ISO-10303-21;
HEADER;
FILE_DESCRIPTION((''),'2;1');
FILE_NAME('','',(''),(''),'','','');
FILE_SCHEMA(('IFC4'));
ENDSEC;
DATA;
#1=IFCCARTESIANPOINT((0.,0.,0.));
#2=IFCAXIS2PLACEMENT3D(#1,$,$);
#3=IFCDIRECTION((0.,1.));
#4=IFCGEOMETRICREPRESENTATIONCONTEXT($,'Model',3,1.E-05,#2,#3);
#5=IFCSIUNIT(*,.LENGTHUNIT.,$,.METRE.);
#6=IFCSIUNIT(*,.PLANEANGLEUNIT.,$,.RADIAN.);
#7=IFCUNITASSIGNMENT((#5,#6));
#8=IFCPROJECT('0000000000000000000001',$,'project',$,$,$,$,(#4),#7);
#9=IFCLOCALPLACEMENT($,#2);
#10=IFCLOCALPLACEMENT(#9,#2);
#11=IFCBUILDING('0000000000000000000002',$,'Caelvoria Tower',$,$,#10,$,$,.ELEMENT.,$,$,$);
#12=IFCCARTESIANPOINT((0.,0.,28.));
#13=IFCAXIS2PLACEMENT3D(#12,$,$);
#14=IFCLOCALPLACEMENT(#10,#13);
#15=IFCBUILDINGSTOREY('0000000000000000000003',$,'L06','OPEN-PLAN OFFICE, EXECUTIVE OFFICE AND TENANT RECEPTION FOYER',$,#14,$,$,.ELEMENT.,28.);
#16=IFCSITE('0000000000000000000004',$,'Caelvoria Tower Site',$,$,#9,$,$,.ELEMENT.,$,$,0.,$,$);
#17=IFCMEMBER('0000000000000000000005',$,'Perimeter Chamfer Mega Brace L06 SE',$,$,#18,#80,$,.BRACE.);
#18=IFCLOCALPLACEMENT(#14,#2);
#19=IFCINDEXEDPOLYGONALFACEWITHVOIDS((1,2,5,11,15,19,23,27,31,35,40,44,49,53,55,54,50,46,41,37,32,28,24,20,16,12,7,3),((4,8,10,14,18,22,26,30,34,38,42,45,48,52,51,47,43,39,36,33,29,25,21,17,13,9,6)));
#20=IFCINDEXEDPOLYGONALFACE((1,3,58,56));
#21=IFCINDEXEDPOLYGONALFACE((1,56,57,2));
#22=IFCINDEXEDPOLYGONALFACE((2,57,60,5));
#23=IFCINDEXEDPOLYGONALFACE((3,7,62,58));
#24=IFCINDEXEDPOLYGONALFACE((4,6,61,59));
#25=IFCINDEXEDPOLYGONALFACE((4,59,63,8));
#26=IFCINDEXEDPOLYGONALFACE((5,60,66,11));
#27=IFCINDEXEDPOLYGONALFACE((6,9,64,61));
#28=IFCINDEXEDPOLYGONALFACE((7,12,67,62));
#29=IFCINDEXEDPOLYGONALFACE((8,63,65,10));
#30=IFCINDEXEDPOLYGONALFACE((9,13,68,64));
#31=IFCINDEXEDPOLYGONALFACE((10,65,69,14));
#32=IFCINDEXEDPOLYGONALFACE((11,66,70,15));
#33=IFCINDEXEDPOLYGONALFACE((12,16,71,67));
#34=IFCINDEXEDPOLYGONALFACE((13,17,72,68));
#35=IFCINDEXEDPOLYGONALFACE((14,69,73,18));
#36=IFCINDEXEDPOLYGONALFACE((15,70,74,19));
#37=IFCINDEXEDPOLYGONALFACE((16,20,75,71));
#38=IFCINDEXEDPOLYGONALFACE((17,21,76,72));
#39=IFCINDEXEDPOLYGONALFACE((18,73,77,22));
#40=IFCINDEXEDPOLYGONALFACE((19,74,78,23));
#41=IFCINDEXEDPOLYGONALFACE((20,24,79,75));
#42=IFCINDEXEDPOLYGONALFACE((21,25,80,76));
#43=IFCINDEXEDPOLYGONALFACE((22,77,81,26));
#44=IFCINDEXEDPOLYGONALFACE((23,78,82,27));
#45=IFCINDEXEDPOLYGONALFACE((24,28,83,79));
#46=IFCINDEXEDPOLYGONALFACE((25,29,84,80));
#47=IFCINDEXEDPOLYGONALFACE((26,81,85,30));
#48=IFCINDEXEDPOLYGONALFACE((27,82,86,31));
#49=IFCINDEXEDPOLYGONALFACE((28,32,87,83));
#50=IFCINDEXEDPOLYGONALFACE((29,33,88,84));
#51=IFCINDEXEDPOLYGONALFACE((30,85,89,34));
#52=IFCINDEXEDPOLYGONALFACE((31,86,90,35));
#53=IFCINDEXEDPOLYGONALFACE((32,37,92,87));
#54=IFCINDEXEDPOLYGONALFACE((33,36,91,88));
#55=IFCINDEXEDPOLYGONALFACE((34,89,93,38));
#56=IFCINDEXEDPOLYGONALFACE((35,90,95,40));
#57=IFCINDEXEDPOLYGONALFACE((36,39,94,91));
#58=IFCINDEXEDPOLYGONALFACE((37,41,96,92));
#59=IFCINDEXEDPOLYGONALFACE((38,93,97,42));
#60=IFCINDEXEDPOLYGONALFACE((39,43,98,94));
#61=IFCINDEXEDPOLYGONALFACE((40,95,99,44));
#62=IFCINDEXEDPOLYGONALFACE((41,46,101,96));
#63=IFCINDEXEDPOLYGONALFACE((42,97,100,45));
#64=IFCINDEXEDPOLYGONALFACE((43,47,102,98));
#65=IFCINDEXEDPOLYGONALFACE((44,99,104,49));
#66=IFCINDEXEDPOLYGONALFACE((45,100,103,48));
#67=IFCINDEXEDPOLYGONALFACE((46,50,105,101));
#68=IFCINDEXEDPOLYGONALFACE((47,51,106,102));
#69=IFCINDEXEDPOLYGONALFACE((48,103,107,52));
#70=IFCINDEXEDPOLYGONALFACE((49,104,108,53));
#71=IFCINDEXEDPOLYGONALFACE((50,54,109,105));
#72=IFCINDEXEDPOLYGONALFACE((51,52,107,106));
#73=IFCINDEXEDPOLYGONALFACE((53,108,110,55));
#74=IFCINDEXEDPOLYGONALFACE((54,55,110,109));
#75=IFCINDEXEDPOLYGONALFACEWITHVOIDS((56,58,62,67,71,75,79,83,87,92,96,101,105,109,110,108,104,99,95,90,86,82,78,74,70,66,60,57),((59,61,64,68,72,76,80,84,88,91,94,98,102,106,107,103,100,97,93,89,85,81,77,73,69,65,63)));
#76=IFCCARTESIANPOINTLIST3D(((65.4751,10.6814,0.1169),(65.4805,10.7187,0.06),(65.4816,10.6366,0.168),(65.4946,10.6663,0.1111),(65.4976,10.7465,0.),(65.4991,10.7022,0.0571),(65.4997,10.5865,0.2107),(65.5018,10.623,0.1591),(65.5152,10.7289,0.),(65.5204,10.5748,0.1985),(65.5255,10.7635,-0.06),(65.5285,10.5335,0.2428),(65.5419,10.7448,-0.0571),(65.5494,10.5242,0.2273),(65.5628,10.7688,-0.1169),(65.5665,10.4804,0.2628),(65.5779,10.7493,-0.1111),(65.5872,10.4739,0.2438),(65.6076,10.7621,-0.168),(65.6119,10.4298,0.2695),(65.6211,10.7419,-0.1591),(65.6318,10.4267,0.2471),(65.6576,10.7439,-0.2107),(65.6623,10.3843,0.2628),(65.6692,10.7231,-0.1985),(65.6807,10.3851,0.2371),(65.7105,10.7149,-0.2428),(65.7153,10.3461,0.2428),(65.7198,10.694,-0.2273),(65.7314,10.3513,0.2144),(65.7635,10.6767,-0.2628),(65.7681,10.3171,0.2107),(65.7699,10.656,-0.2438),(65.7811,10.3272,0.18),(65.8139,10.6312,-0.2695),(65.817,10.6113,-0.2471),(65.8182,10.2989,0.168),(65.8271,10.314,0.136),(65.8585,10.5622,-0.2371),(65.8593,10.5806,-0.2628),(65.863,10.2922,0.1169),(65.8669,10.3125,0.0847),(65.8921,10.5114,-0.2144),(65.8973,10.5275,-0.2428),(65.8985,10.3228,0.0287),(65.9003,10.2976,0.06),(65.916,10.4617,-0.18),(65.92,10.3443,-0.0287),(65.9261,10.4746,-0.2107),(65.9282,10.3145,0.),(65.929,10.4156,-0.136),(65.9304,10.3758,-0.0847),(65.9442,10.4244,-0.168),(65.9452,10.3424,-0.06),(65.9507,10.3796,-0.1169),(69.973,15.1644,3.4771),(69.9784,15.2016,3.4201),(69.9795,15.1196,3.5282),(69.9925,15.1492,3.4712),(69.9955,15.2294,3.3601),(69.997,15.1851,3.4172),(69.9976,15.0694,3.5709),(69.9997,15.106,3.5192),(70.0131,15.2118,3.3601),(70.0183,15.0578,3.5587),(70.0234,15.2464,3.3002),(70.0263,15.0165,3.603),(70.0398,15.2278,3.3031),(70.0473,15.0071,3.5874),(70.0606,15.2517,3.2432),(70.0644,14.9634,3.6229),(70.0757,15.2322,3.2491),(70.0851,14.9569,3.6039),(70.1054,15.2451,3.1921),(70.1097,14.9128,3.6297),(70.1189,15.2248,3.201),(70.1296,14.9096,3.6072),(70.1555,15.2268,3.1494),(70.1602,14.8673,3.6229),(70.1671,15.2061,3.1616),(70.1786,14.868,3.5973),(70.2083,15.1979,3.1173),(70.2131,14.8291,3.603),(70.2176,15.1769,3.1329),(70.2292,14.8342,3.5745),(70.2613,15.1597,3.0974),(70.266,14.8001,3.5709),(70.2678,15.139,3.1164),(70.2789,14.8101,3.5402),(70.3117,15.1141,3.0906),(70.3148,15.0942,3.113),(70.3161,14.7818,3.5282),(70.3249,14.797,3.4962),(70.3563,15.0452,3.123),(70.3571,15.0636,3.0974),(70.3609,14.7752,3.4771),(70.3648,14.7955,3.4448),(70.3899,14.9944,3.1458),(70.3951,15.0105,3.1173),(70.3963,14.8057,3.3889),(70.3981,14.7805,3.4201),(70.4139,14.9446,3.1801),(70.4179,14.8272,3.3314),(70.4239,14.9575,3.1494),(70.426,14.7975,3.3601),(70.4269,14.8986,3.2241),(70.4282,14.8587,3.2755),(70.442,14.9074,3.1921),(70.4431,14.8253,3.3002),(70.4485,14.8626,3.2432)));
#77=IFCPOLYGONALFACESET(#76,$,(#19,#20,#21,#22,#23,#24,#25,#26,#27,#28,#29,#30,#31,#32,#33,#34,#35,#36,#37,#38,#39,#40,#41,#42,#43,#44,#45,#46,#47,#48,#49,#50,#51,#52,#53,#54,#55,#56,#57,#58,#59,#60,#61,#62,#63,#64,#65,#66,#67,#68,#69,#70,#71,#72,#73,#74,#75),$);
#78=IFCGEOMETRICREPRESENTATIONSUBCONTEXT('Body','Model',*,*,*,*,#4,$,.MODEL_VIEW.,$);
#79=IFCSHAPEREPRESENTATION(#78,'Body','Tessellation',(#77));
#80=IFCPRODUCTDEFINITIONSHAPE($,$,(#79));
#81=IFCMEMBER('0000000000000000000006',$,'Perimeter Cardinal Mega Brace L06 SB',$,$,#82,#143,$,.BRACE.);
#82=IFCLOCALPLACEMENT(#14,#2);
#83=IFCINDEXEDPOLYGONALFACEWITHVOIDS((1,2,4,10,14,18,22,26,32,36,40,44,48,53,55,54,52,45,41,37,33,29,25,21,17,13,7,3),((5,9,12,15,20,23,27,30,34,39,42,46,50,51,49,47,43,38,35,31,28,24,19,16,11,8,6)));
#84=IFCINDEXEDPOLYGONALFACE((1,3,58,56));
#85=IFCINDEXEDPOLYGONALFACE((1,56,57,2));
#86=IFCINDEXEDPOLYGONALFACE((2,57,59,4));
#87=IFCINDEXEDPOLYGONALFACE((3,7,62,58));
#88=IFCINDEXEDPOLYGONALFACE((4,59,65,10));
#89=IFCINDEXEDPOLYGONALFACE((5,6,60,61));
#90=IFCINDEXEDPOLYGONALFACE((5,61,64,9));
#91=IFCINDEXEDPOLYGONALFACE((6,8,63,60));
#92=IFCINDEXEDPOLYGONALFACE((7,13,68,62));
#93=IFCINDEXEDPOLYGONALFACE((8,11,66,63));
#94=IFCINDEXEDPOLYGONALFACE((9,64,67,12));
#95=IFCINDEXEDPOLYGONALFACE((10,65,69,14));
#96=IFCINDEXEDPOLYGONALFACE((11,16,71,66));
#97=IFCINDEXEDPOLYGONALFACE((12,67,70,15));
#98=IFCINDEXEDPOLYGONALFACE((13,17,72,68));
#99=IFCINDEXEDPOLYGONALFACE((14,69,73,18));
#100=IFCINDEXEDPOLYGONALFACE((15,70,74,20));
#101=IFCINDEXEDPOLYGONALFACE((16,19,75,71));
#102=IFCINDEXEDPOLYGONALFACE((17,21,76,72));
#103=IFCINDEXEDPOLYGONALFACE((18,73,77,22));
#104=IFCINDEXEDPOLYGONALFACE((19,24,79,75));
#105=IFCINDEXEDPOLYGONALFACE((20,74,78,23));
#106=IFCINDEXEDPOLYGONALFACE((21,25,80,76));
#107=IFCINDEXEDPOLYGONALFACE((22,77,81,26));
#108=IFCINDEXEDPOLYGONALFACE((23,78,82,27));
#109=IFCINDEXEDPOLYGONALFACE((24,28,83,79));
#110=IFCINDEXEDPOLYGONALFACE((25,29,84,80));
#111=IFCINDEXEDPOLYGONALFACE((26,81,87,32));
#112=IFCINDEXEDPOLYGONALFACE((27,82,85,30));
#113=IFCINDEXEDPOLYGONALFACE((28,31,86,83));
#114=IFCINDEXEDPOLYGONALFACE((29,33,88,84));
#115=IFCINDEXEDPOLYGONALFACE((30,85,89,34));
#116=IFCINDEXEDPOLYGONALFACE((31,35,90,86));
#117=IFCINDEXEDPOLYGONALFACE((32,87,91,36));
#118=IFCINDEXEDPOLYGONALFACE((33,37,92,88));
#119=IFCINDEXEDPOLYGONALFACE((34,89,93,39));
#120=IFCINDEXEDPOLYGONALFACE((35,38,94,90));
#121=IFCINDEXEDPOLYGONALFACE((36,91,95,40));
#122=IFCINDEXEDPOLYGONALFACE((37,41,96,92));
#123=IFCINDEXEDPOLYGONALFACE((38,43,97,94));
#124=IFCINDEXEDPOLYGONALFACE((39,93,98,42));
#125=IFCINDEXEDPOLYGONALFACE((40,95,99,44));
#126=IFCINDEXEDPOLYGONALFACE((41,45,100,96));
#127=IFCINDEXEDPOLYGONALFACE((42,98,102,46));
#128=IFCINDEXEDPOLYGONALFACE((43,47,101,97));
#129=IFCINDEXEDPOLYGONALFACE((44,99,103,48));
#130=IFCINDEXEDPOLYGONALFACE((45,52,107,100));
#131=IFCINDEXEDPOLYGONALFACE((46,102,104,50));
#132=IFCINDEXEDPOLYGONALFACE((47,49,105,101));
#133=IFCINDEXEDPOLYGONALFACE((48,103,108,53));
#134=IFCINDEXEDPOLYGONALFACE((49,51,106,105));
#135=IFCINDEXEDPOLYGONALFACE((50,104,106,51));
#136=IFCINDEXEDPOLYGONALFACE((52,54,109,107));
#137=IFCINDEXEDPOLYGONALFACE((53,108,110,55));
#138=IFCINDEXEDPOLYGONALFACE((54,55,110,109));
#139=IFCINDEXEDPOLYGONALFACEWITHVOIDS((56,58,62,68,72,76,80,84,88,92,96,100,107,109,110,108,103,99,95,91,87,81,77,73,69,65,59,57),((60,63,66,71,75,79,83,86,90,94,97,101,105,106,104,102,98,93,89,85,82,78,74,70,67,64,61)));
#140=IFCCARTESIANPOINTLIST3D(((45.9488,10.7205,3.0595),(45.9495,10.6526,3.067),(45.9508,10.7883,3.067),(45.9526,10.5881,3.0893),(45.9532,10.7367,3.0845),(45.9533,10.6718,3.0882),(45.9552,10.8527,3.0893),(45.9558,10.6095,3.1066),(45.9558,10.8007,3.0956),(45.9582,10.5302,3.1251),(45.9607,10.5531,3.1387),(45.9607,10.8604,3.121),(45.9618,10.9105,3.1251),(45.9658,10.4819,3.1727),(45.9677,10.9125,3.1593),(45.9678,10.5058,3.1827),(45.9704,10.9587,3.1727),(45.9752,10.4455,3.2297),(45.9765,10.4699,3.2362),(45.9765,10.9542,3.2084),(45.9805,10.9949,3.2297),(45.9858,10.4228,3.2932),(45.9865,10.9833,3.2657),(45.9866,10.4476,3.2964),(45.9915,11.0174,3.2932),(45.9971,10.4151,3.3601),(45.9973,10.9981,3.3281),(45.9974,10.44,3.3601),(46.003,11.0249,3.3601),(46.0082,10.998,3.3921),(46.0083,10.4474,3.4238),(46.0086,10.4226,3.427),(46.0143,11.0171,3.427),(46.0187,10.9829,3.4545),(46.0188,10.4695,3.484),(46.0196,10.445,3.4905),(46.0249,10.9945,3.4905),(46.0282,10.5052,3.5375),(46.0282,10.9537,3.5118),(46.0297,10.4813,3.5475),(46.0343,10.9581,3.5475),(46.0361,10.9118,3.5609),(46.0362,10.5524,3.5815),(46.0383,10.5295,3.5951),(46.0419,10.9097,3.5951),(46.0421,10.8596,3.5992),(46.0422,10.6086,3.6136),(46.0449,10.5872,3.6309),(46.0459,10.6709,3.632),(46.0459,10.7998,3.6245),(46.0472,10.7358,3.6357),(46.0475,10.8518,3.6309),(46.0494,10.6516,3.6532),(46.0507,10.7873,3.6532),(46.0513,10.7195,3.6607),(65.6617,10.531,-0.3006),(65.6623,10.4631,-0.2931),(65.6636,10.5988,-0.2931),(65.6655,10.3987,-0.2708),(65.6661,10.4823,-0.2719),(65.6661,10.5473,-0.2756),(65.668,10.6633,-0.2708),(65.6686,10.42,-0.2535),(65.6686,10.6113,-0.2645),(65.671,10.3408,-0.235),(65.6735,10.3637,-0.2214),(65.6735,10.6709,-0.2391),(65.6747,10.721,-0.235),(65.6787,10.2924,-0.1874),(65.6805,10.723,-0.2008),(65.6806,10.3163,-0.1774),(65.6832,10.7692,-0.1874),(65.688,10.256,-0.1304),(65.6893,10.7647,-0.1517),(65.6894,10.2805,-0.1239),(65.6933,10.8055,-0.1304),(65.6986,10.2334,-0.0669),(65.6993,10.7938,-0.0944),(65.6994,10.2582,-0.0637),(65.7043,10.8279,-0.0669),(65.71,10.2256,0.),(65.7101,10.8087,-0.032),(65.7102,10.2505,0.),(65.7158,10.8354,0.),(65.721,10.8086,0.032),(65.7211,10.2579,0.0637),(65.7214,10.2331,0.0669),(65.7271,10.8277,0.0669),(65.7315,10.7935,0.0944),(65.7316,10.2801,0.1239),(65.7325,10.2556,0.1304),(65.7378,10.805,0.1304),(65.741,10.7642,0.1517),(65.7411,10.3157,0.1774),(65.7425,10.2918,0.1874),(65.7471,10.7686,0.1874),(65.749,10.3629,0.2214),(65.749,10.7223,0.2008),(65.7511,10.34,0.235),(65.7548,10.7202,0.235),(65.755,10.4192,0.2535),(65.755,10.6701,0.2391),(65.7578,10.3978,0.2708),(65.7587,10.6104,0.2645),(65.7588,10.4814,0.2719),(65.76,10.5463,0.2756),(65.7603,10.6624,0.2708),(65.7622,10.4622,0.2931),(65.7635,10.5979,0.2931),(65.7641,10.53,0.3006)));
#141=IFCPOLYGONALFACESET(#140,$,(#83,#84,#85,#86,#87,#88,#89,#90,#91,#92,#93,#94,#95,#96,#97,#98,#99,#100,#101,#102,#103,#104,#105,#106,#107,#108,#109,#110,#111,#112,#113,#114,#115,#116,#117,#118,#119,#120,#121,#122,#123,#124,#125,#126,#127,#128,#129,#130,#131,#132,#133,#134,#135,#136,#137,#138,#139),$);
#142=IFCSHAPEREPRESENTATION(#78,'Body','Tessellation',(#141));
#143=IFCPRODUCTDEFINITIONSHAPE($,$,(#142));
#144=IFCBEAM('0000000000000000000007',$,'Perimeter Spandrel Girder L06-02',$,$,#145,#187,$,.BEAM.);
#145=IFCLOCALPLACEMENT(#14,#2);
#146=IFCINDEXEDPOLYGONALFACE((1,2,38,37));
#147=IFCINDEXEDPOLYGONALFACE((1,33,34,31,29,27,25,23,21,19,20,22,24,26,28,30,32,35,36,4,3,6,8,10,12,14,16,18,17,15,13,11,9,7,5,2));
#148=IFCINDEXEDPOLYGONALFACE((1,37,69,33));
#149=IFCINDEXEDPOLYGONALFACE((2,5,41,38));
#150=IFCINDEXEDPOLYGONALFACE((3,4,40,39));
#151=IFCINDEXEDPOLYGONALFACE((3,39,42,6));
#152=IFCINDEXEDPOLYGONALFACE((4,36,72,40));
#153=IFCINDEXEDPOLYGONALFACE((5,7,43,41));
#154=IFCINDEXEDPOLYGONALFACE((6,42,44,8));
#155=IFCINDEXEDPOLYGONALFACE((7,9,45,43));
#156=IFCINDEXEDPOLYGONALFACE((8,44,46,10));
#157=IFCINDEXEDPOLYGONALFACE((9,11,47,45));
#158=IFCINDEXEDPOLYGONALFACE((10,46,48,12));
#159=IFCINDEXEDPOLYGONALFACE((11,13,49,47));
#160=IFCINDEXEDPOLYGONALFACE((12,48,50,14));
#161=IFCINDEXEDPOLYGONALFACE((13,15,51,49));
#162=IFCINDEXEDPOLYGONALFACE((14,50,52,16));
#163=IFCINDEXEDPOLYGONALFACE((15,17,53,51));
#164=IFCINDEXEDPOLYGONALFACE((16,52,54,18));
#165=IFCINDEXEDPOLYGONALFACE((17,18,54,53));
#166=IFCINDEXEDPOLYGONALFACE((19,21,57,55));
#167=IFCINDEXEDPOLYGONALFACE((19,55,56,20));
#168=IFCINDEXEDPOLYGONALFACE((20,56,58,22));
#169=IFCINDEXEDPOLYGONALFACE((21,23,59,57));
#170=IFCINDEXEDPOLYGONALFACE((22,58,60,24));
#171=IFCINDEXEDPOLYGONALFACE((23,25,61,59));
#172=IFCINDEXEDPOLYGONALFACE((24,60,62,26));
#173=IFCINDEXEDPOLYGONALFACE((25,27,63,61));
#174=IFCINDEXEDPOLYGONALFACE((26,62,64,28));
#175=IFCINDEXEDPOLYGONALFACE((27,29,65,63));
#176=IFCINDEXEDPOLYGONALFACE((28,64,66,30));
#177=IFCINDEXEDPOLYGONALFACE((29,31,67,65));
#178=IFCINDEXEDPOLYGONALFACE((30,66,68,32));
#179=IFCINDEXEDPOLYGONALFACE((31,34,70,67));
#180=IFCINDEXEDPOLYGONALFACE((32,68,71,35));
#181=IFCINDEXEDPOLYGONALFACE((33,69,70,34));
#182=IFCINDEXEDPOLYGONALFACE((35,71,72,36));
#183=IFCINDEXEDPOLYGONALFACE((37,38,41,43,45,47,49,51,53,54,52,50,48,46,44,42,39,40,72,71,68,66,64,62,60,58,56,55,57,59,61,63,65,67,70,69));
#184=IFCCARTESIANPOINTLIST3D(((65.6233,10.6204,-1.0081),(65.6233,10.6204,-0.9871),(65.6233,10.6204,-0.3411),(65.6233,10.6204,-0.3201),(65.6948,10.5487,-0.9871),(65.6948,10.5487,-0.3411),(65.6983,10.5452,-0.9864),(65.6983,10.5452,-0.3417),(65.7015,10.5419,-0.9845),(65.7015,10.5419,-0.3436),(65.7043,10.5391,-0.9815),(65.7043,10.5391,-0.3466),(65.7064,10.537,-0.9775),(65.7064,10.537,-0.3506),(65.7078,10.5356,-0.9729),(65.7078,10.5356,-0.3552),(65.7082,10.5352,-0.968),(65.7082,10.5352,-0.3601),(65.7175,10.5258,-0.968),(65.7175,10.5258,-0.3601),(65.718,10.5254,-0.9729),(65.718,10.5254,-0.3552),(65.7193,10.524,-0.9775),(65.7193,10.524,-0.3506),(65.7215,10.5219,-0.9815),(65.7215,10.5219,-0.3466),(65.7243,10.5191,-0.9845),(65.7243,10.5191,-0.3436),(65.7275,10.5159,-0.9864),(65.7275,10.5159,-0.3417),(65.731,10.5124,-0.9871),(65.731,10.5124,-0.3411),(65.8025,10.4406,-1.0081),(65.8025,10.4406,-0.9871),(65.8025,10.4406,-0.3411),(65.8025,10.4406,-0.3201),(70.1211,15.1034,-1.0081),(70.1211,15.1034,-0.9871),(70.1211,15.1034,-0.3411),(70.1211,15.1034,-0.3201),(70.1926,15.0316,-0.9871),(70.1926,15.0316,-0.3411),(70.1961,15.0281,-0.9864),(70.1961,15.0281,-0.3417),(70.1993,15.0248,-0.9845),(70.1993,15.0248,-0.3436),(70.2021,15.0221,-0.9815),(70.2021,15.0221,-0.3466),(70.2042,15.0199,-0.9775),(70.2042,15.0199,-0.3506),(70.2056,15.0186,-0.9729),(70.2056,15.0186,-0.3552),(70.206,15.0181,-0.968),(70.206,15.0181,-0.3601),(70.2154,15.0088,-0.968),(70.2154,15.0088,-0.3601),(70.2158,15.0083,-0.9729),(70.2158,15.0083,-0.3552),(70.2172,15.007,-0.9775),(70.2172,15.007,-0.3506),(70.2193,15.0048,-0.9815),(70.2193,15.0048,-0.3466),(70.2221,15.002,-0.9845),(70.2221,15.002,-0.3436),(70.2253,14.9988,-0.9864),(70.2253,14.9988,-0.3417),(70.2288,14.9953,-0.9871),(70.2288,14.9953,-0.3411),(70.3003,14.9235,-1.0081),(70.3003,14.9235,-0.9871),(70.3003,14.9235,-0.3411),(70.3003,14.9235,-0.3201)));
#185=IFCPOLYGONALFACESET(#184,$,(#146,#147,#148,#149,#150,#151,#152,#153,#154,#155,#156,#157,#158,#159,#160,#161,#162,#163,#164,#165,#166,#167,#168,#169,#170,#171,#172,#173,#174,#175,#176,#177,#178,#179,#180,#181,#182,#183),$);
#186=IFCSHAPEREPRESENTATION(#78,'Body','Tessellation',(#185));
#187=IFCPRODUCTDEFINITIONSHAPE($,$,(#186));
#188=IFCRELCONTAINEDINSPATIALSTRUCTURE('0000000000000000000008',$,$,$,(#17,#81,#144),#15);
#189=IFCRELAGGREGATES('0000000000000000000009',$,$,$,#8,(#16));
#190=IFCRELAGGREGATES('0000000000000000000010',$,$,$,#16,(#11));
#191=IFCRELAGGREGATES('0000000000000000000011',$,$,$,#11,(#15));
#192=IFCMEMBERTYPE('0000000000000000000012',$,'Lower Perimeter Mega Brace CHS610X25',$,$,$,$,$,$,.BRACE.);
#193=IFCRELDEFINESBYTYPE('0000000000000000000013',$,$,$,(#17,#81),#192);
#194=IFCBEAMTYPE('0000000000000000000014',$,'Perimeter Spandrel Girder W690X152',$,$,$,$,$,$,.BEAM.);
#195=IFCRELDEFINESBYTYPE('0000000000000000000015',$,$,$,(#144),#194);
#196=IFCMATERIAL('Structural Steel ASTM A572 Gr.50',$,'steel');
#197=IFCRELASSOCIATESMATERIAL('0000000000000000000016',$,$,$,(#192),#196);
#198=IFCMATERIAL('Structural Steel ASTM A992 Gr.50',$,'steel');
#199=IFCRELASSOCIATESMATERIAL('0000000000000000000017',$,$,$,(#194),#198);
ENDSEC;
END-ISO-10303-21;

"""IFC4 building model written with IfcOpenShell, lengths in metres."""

from ifc_helpers import new_model, si_unit, direction, frame, origin, origin_2d, place, context, subcontext, project, spatial, hollow_circle, i_section, extrude, material, material_profile, profile_set, type_object, element, save


model = new_model("IFC4")

# Units and contexts
model_context = context("Model", 3, precision=1e-05, world=origin(), true_north=direction((0.0, 1.0)))
body_context = subcontext(model_context, "Body", "Model", "MODEL_VIEW")
ifc_project = project(units=[si_unit("LENGTHUNIT", "METRE"), si_unit("PLANEANGLEUNIT", "RADIAN")], contexts=[model_context])

# Site, building, storey
site_placement = place(None, origin())
site = spatial("IfcSite", under=ifc_project, at=site_placement, Name="Caelvoria Tower Site", CompositionType="ELEMENT", RefElevation=0.0)
building_placement = place(site_placement, origin())
building = spatial("IfcBuilding", under=site, at=building_placement, Name="Caelvoria Tower", CompositionType="ELEMENT")
storey_placement = place(building_placement, frame((0.0, 0.0, 28.0)))
storey = spatial("IfcBuildingStorey", under=building, at=storey_placement, Name="L06", Description="OPEN-PLAN OFFICE, EXECUTIVE OFFICE AND TENANT RECEPTION FOYER", CompositionType="ELEMENT", Elevation=28.0)

# Shared definitions
ifc_material_1 = material(Name="Structural Steel ASTM A572 Gr.50", Category="steel")

# Members
ifc_material_profile_1 = material_profile(ifc_material_1, hollow_circle(Radius=0.3049, WallThickness=0.0249, at=origin_2d()), Name="Structural Steel ASTM A572 Gr.50")
ifc_profile_set_1 = profile_set([ifc_material_profile_1], Name="CHS610X25 - Structural Steel ASTM A572 Gr.50")
member_type_1 = type_object("IfcMemberType", Name="Lower Perimeter Mega Brace CHS610X25", PredefinedType="BRACE", material=ifc_profile_set_1)
member_1_placement = place(storey_placement, frame((65.7129, 10.5305, 0.0), z_axis=(0.626043, 0.62397, 0.467688), x_axis=(-0.705933, 0.708278, 0.0)))
element("IfcMember", 1, at=member_1_placement, inside=storey, type_object=member_type_1, Name="Perimeter Chamfer Mega Brace L06 SE", PredefinedType="BRACE", context=body_context, shape_type="SweptSolid", body=[
    extrude(hollow_circle(Radius=0.3049, WallThickness=0.0249, at=origin_2d()), origin(), (0.0, 0.0, 1.0), 7.1846),
])
member_2_placement = place(storey_placement, frame((65.7129, 10.5305, 0.0), z_axis=(-0.985738, 0.009474, 0.168021), x_axis=(-0.00961, -0.999954, 0.0)))
element("IfcMember", 2, at=member_2_placement, inside=storey, type_object=member_type_1, Name="Perimeter Cardinal Mega Brace L06 SB", PredefinedType="BRACE", context=body_context, shape_type="SweptSolid", body=[
    extrude(hollow_circle(Radius=0.3049, WallThickness=0.0249, at=origin_2d()), origin(), (0.0, 0.0, 1.0), 19.998),
])

# Beam
ifc_material_2 = material(Name="Structural Steel ASTM A992 Gr.50", Category="steel")
ifc_material_profile_2 = material_profile(ifc_material_2, i_section(OverallWidth=0.2539, OverallDepth=0.688, WebThickness=0.0132, FlangeThickness=0.021, FilletRadius=0.019, at=origin_2d()), Name="Structural Steel ASTM A992 Gr.50")
ifc_profile_set_2 = profile_set([ifc_material_profile_2], Name="W690X152 - Structural Steel ASTM A992 Gr.50")
beam_type = type_object("IfcBeamType", Name="Perimeter Spandrel Girder W690X152", PredefinedType="BEAM", material=ifc_profile_set_2)
beam_placement = place(storey_placement, frame((65.7129, 10.5305, -0.6641), z_axis=(0.708278, 0.705933, 0.0), x_axis=(-0.705933, 0.708278, 0.0)))
element("IfcBeam", 3, at=beam_placement, inside=storey, type_object=beam_type, Name="Perimeter Spandrel Girder L06-02", PredefinedType="BEAM", context=body_context, shape_type="SweptSolid", body=[
    extrude(i_section(OverallWidth=0.2539, OverallDepth=0.688, WebThickness=0.0132, FlangeThickness=0.021, FilletRadius=0.019, at=origin_2d()), origin(), (0.0, 0.0, 1.0), 6.3503),
])

save(model, "model.ifc")
